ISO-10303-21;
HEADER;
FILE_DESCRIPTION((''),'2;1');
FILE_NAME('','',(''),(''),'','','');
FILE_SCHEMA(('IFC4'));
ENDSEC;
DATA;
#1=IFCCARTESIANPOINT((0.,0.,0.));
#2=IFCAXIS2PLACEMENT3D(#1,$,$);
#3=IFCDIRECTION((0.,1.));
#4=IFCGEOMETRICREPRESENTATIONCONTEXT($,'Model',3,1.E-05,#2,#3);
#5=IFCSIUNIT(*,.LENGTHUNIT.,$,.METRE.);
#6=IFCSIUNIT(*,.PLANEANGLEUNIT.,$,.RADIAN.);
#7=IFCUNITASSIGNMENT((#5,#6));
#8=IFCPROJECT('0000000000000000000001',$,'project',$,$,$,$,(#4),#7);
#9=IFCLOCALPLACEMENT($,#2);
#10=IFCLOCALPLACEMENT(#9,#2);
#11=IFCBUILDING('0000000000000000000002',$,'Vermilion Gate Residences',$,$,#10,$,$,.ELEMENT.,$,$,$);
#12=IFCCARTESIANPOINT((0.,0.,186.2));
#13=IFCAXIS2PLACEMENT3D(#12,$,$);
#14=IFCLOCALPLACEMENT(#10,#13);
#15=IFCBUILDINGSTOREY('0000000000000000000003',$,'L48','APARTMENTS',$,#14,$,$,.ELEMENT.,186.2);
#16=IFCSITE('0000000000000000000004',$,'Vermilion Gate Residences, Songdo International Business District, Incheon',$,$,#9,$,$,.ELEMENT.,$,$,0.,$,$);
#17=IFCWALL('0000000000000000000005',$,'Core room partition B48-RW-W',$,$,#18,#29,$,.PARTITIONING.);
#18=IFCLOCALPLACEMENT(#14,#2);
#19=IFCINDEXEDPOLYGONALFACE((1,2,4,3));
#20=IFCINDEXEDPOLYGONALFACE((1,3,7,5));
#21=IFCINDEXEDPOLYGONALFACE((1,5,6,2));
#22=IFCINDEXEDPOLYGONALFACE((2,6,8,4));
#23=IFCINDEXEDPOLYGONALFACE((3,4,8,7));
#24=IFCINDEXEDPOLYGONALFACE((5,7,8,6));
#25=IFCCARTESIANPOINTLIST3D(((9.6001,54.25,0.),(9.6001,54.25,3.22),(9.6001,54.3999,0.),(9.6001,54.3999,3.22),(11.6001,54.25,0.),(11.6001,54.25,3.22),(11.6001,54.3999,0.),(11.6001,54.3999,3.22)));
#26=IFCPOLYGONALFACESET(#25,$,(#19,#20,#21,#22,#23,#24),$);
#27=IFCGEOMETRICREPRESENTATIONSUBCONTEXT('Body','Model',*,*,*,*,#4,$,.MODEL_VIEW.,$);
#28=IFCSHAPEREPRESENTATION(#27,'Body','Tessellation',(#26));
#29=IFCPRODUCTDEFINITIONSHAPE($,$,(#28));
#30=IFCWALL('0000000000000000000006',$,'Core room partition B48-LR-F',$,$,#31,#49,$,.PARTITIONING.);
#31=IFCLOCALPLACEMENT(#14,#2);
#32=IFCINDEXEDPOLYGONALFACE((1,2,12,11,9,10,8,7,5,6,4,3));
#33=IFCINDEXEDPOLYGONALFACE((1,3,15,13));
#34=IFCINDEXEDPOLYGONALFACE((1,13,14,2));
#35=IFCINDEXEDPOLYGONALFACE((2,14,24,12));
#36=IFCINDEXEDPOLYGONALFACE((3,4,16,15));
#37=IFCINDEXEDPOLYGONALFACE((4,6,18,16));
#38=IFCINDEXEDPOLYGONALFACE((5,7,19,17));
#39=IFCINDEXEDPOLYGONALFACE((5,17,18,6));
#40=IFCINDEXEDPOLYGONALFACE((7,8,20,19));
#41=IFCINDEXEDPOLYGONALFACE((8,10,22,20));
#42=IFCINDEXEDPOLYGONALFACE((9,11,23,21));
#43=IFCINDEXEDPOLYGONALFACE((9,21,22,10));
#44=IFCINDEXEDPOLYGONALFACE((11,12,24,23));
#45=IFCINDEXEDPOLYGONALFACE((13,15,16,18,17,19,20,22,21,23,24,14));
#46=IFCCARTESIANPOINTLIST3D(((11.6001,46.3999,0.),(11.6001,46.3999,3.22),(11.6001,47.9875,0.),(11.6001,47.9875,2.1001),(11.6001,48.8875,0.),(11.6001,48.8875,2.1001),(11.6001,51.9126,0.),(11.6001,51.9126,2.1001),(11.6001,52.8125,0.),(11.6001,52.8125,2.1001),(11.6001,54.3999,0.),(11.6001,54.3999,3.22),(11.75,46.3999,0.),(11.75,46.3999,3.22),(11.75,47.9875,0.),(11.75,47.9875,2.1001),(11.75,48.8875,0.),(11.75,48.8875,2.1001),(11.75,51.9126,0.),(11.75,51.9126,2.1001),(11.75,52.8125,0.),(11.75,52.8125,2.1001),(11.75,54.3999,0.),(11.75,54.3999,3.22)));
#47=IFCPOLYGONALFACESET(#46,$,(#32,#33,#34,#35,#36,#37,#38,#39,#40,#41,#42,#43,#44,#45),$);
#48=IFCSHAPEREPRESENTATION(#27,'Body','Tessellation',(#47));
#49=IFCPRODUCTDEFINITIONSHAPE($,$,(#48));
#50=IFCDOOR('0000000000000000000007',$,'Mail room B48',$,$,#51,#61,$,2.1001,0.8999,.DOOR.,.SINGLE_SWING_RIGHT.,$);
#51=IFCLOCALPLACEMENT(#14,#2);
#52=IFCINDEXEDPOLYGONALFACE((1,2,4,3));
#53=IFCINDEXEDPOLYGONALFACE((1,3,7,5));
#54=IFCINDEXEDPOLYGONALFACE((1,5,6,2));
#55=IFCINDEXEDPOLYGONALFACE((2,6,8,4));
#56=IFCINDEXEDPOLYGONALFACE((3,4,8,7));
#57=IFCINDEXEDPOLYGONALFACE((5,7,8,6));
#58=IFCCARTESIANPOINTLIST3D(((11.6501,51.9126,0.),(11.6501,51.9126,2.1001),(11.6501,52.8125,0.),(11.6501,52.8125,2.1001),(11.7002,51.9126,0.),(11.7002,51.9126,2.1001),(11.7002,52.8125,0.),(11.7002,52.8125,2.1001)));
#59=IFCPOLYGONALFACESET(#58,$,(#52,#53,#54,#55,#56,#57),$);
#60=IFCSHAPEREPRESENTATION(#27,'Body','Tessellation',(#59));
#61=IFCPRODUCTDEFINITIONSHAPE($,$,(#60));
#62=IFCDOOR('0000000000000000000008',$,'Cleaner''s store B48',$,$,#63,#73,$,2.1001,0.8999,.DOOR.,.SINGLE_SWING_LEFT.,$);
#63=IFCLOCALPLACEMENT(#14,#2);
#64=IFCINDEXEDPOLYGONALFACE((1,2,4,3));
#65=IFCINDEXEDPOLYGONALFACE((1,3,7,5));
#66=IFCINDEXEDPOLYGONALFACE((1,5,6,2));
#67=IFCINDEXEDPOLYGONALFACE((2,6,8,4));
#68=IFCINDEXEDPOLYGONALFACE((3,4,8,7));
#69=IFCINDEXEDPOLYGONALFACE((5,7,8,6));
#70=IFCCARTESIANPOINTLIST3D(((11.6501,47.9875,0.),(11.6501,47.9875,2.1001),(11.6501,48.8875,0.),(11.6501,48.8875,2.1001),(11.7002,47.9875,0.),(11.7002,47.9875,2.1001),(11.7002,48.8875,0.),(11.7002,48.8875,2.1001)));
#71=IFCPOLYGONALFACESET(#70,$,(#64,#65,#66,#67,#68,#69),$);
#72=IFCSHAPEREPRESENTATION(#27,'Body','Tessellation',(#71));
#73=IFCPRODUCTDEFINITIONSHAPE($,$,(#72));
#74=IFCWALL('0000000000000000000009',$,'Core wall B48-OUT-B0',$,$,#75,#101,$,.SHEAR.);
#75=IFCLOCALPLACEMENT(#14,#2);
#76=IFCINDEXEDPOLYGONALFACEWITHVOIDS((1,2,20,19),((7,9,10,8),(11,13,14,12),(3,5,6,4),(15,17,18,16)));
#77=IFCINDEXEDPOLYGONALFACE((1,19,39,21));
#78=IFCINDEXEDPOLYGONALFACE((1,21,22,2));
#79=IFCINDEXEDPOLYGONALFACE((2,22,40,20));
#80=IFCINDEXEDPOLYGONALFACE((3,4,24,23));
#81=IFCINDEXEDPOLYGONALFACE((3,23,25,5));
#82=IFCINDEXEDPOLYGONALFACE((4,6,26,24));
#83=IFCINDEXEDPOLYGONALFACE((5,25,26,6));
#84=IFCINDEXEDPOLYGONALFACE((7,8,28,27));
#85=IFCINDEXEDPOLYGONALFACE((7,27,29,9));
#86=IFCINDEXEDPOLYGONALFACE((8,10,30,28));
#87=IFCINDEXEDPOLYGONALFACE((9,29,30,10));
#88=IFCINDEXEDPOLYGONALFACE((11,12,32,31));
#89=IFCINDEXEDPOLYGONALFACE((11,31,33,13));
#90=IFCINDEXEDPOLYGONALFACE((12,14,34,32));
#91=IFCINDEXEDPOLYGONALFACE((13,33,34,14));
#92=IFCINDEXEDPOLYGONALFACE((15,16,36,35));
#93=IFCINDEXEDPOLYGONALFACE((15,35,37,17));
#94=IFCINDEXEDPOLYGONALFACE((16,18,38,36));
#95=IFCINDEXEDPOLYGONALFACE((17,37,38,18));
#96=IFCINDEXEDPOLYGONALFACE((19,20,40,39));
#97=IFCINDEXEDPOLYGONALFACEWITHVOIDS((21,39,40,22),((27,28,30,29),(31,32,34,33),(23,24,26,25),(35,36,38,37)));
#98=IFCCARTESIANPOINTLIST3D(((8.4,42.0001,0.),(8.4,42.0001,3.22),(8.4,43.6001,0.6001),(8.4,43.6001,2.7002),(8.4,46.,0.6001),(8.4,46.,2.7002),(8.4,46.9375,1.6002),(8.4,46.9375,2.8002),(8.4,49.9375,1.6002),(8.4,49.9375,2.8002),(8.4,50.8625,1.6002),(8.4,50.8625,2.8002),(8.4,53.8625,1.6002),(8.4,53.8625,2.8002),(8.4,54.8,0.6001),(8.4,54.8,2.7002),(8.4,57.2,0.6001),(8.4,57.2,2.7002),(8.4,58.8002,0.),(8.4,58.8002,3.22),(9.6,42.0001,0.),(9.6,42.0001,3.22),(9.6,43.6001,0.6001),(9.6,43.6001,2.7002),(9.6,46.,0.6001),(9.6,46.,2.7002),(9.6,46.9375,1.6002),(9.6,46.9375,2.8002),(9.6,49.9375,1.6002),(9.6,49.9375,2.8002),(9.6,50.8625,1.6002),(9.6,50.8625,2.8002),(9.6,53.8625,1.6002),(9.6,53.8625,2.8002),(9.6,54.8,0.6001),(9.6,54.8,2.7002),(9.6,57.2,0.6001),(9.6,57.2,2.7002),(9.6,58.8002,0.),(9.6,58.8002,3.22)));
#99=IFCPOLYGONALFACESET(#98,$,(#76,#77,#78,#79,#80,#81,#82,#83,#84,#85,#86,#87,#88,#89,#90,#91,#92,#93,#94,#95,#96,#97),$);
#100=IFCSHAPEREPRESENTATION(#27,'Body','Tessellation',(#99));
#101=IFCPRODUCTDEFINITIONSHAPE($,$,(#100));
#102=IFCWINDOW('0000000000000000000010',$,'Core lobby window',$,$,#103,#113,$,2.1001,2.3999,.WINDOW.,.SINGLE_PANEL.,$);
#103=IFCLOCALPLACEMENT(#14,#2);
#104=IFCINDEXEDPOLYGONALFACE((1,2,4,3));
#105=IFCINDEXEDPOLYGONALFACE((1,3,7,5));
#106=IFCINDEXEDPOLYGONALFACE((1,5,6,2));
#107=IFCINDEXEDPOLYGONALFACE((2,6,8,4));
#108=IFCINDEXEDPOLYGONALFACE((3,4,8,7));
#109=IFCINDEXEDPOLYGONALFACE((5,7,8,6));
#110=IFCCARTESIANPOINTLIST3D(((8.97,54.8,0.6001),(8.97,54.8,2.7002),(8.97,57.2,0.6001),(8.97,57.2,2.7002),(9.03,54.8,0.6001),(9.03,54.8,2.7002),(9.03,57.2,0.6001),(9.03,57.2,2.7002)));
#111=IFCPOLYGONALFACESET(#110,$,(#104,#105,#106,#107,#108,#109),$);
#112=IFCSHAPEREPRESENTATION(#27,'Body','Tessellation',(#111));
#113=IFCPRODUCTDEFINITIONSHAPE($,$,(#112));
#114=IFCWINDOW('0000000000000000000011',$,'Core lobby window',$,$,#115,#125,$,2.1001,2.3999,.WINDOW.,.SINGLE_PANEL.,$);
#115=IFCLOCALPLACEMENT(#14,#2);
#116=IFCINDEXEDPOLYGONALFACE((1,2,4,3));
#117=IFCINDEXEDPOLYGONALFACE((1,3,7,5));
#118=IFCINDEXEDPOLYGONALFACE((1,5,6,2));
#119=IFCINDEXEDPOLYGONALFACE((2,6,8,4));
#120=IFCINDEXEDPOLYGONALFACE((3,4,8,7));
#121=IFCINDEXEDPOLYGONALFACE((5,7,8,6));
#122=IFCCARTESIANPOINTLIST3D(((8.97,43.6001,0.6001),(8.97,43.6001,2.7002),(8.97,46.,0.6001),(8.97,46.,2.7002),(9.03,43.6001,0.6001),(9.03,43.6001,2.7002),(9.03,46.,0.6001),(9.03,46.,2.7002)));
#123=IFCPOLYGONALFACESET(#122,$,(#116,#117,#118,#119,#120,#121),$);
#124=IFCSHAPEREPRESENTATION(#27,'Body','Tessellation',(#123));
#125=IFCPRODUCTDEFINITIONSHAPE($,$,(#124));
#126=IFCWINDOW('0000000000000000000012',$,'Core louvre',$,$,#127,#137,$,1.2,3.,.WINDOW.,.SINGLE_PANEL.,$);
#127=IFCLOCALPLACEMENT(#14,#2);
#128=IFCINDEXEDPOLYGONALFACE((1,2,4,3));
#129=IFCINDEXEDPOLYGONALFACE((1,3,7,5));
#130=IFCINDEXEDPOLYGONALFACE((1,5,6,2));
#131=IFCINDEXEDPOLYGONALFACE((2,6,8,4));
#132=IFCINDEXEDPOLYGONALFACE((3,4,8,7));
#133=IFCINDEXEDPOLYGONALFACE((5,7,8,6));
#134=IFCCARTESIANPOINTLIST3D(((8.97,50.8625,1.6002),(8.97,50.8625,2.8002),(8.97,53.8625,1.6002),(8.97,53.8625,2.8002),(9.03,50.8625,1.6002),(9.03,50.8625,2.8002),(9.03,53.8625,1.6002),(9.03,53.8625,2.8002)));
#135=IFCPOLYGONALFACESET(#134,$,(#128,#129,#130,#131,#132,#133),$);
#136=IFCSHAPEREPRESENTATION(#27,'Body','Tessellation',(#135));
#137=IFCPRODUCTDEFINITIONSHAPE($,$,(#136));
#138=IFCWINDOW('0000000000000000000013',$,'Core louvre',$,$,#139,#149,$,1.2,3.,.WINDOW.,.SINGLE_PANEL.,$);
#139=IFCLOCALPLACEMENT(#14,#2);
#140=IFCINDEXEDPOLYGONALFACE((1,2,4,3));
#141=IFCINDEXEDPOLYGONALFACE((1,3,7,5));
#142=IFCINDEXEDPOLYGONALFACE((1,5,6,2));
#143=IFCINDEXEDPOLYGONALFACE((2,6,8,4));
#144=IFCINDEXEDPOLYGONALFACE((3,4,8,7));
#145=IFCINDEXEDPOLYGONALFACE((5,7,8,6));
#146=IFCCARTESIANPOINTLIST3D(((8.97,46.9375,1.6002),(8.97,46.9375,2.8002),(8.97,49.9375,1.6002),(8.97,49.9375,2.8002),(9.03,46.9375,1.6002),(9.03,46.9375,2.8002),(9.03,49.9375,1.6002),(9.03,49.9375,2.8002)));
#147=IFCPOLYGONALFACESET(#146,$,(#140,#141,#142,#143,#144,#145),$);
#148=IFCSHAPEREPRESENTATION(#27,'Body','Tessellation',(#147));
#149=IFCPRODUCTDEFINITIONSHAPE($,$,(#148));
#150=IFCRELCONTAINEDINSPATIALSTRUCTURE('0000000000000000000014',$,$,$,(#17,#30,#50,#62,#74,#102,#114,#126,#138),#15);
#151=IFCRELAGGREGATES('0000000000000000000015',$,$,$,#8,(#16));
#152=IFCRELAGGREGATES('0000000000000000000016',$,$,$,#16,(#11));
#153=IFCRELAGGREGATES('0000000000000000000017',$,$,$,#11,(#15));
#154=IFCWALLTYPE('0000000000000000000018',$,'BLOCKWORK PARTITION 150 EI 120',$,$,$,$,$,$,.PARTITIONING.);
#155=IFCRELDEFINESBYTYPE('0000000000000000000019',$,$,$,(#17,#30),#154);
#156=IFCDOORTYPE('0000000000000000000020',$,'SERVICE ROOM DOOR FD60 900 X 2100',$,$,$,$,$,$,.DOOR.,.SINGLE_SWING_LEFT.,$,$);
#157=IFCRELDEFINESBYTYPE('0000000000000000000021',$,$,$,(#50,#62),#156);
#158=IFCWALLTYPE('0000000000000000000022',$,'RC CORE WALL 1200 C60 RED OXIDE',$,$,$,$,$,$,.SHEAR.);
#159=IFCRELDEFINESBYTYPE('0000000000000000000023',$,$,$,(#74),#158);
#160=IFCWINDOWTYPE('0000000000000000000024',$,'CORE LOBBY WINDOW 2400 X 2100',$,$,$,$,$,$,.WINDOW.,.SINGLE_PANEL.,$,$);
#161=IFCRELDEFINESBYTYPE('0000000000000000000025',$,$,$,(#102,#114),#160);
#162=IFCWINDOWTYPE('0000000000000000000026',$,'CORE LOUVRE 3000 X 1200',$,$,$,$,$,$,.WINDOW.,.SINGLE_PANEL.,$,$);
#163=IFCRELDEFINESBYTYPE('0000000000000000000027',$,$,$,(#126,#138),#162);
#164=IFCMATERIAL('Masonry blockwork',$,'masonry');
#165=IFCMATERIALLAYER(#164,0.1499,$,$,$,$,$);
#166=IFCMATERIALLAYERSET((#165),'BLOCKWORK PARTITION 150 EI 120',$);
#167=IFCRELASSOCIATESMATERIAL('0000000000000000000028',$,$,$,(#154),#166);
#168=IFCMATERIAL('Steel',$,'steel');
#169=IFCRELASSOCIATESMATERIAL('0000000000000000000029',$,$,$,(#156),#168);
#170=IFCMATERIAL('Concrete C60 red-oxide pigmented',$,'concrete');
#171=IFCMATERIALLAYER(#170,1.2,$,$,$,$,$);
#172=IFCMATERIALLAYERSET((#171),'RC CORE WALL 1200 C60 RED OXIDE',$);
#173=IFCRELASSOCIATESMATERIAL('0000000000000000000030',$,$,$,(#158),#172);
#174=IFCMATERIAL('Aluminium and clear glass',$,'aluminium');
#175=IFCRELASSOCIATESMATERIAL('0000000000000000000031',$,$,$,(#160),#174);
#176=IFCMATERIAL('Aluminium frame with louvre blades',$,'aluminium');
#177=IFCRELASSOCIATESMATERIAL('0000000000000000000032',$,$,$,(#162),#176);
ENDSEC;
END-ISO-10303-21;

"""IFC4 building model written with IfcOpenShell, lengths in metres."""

from ifc_helpers import new_model, si_unit, direction, frame, frame_2d, origin, place, context, subcontext, project, spatial, rectangle, extrude, material, layer, layer_set, type_object, element, fill, save


model = new_model("IFC4")

# Units and contexts
model_context = context("Model", 3, precision=1e-05, world=origin(), true_north=direction((0.0, 1.0)))
body_context = subcontext(model_context, "Body", "Model", "MODEL_VIEW")
ifc_project = project(units=[si_unit("LENGTHUNIT", "METRE"), si_unit("PLANEANGLEUNIT", "RADIAN")], contexts=[model_context])

# Site, building, storey
site_placement = place(None, origin())
site = spatial("IfcSite", under=ifc_project, at=site_placement, Name="Vermilion Gate Residences, Songdo International Business District, Incheon", CompositionType="ELEMENT", RefElevation=0.0)
building_placement = place(site_placement, origin())
building = spatial("IfcBuilding", under=site, at=building_placement, Name="Vermilion Gate Residences", CompositionType="ELEMENT")
storey_placement = place(building_placement, frame((0.0, 0.0, 186.2)))
storey = spatial("IfcBuildingStorey", under=building, at=storey_placement, Name="L48", Description="APARTMENTS", CompositionType="ELEMENT", Elevation=186.2)

# Wall
ifc_material_1 = material(Name="Masonry blockwork", Category="masonry")
ifc_layer_1 = layer(ifc_material_1, 0.1499)
ifc_layer_set_1 = layer_set([ifc_layer_1], Name="BLOCKWORK PARTITION 150 EI 120")
wall_type_1 = type_object("IfcWallType", Name="BLOCKWORK PARTITION 150 EI 120", PredefinedType="PARTITIONING", material=ifc_layer_set_1)
wall_1_placement = place(storey_placement, frame((9.6001, 54.325, 0.0), z_axis=(0.0, 0.0, 1.0), x_axis=(1.0, 0.0, 0.0)))
element("IfcWall", 1, at=wall_1_placement, inside=storey, type_object=wall_type_1, Name="Core room partition B48-RW-W", PredefinedType="PARTITIONING", context=body_context, shape_type="SweptSolid", body=[
    extrude(rectangle(XDim=2.0, YDim=0.1499, at=frame_2d((1.0, 0.0))), origin(), (0.0, 0.0, 1.0), 3.22),
])

# Wall, openings, doors
wall_2_placement = place(storey_placement, frame((11.675, 54.3999, 0.0), z_axis=(0.0, 0.0, 1.0), x_axis=(0.0, -1.0, 0.0)))
wall_2 = element("IfcWall", 2, at=wall_2_placement, inside=storey, type_object=wall_type_1, Name="Core room partition B48-LR-F", PredefinedType="PARTITIONING", context=body_context, shape_type="SweptSolid", body=[
    extrude(rectangle(XDim=8.0, YDim=0.1499, at=frame_2d((4.0, 0.0))), origin(), (0.0, 0.0, 1.0), 3.22),
])
opening_1_placement = place(wall_2_placement, frame((1.5874, 0.0, 0.0)))
opening_1 = element("IfcOpeningElement", 3, at=opening_1_placement, cuts=wall_2, PredefinedType="OPENING", context=body_context, shape_type="SweptSolid", body=[
    extrude(rectangle(XDim=0.8999, YDim=2.1001, at=frame_2d((0.45, 1.05))), frame((0.0, 0.085, 0.0), z_axis=(0.0, -1.0, 0.0), x_axis=(1.0, 0.0, 0.0)), (0.0, 0.0, 1.0), 0.1699),
])
opening_2_placement = place(wall_2_placement, frame((5.5125, 0.0, 0.0)))
opening_2 = element("IfcOpeningElement", 4, at=opening_2_placement, cuts=wall_2, PredefinedType="OPENING", context=body_context, shape_type="SweptSolid", body=[
    extrude(rectangle(XDim=0.8999, YDim=2.1001, at=frame_2d((0.45, 1.05))), frame((0.0, 0.085, 0.0), z_axis=(0.0, -1.0, 0.0), x_axis=(1.0, 0.0, 0.0)), (0.0, 0.0, 1.0), 0.1699),
])
ifc_material_2 = material(Name="Steel", Category="steel")
door_type = type_object("IfcDoorType", Name="SERVICE ROOM DOOR FD60 900 X 2100", OperationType="SINGLE_SWING_LEFT", PredefinedType="DOOR", material=ifc_material_2)
door_1_placement = place(opening_1_placement, frame((0.8999, 0.0, 0.0), z_axis=(0.0, 0.0, 1.0), x_axis=(-1.0, 0.0, 0.0)))
door_1 = element("IfcDoor", 5, at=door_1_placement, inside=storey, type_object=door_type, Name="Mail room B48", OperationType="SINGLE_SWING_RIGHT", OverallHeight=2.1001, OverallWidth=0.8999, PredefinedType="DOOR", context=body_context, shape_type="SweptSolid", body=[
    extrude(rectangle(XDim=0.8999, YDim=2.1001, at=frame_2d((0.45, 1.05))), frame((0.0, 0.0249, 0.0), z_axis=(0.0, -1.0, 0.0), x_axis=(1.0, 0.0, 0.0)), (0.0, 0.0, 1.0), 0.05),
])
fill(opening_1, door_1)
door_2_placement = place(opening_2_placement, frame((0.8999, 0.0, 0.0), z_axis=(0.0, 0.0, 1.0), x_axis=(-1.0, 0.0, 0.0)))
door_2 = element("IfcDoor", 6, at=door_2_placement, inside=storey, type_object=door_type, Name="Cleaner's store B48", OperationType="SINGLE_SWING_LEFT", OverallHeight=2.1001, OverallWidth=0.8999, PredefinedType="DOOR", context=body_context, shape_type="SweptSolid", body=[
    extrude(rectangle(XDim=0.8999, YDim=2.1001, at=frame_2d((0.45, 1.05))), frame((0.0, 0.0249, 0.0), z_axis=(0.0, -1.0, 0.0), x_axis=(1.0, 0.0, 0.0)), (0.0, 0.0, 1.0), 0.05),
])
fill(opening_2, door_2)

# Wall, openings, windows
ifc_material_3 = material(Name="Concrete C60 red-oxide pigmented", Category="concrete")
ifc_layer_2 = layer(ifc_material_3, 1.2)
ifc_layer_set_2 = layer_set([ifc_layer_2], Name="RC CORE WALL 1200 C60 RED OXIDE")
wall_type_2 = type_object("IfcWallType", Name="RC CORE WALL 1200 C60 RED OXIDE", PredefinedType="SHEAR", material=ifc_layer_set_2)
wall_3_placement = place(storey_placement, frame((9.0, 58.8, 0.0), z_axis=(0.0, 0.0, 1.0), x_axis=(0.0, -1.0, 0.0)))
wall_3 = element("IfcWall", 7, at=wall_3_placement, inside=storey, type_object=wall_type_2, Name="Core wall B48-OUT-B0", PredefinedType="SHEAR", context=body_context, shape_type="SweptSolid", body=[
    extrude(rectangle(XDim=16.8, YDim=1.2, at=frame_2d((8.3999, 0.0))), origin(), (0.0, 0.0, 1.0), 3.22),
])
opening_3_placement = place(wall_3_placement, frame((1.6001, 0.0, 0.6001)))
opening_3 = element("IfcOpeningElement", 8, at=opening_3_placement, cuts=wall_3, PredefinedType="OPENING", context=body_context, shape_type="SweptSolid", body=[
    extrude(rectangle(XDim=2.3999, YDim=2.1001, at=frame_2d((1.2, 1.05))), frame((0.0, 0.6099, 0.0), z_axis=(0.0, -1.0, 0.0), x_axis=(1.0, 0.0, 0.0)), (0.0, 0.0, 1.0), 1.22),
])
opening_4_placement = place(wall_3_placement, frame((4.9375, 0.0, 1.6001)))
opening_4 = element("IfcOpeningElement", 9, at=opening_4_placement, cuts=wall_3, PredefinedType="OPENING", context=body_context, shape_type="SweptSolid", body=[
    extrude(rectangle(XDim=3.0, YDim=1.2, at=frame_2d((1.5, 0.6001))), frame((0.0, 0.6099, 0.0), z_axis=(0.0, -1.0, 0.0), x_axis=(1.0, 0.0, 0.0)), (0.0, 0.0, 1.0), 1.22),
])
opening_5_placement = place(wall_3_placement, frame((8.8625, 0.0, 1.6001)))
opening_5 = element("IfcOpeningElement", 10, at=opening_5_placement, cuts=wall_3, PredefinedType="OPENING", context=body_context, shape_type="SweptSolid", body=[
    extrude(rectangle(XDim=3.0, YDim=1.2, at=frame_2d((1.5, 0.6001))), frame((0.0, 0.6099, 0.0), z_axis=(0.0, -1.0, 0.0), x_axis=(1.0, 0.0, 0.0)), (0.0, 0.0, 1.0), 1.22),
])
opening_6_placement = place(wall_3_placement, frame((12.8, 0.0, 0.6001)))
opening_6 = element("IfcOpeningElement", 11, at=opening_6_placement, cuts=wall_3, PredefinedType="OPENING", context=body_context, shape_type="SweptSolid", body=[
    extrude(rectangle(XDim=2.3999, YDim=2.1001, at=frame_2d((1.2, 1.05))), frame((0.0, 0.6099, 0.0), z_axis=(0.0, -1.0, 0.0), x_axis=(1.0, 0.0, 0.0)), (0.0, 0.0, 1.0), 1.22),
])
ifc_material_4 = material(Name="Aluminium and clear glass", Category="aluminium")
window_type_1 = type_object("IfcWindowType", Name="CORE LOBBY WINDOW 2400 X 2100", PartitioningType="SINGLE_PANEL", PredefinedType="WINDOW", material=ifc_material_4)
window_1_placement = place(opening_3_placement, origin())
window_1 = element("IfcWindow", 12, at=window_1_placement, inside=storey, type_object=window_type_1, Name="Core lobby window", OverallHeight=2.1001, OverallWidth=2.3999, PartitioningType="SINGLE_PANEL", PredefinedType="WINDOW", context=body_context, shape_type="SweptSolid", body=[
    extrude(rectangle(XDim=2.3999, YDim=2.1001, at=frame_2d((1.2, 1.05))), frame((0.0, 0.03, 0.0), z_axis=(0.0, -1.0, 0.0), x_axis=(1.0, 0.0, 0.0)), (0.0, 0.0, 1.0), 0.0601),
])
fill(opening_3, window_1)
window_2_placement = place(opening_6_placement, origin())
window_2 = element("IfcWindow", 13, at=window_2_placement, inside=storey, type_object=window_type_1, Name="Core lobby window", OverallHeight=2.1001, OverallWidth=2.3999, PartitioningType="SINGLE_PANEL", PredefinedType="WINDOW", context=body_context, shape_type="SweptSolid", body=[
    extrude(rectangle(XDim=2.3999, YDim=2.1001, at=frame_2d((1.2, 1.05))), frame((0.0, 0.03, 0.0), z_axis=(0.0, -1.0, 0.0), x_axis=(1.0, 0.0, 0.0)), (0.0, 0.0, 1.0), 0.0601),
])
fill(opening_6, window_2)
ifc_material_5 = material(Name="Aluminium frame with louvre blades", Category="aluminium")
window_type_2 = type_object("IfcWindowType", Name="CORE LOUVRE 3000 X 1200", PartitioningType="SINGLE_PANEL", PredefinedType="WINDOW", material=ifc_material_5)
window_3_placement = place(opening_4_placement, origin())
window_3 = element("IfcWindow", 14, at=window_3_placement, inside=storey, type_object=window_type_2, Name="Core louvre", OverallHeight=1.2, OverallWidth=3.0, PartitioningType="SINGLE_PANEL", PredefinedType="WINDOW", context=body_context, shape_type="SweptSolid", body=[
    extrude(rectangle(XDim=3.0, YDim=1.2, at=frame_2d((1.5, 0.6001))), frame((0.0, 0.03, 0.0), z_axis=(0.0, -1.0, 0.0), x_axis=(1.0, 0.0, 0.0)), (0.0, 0.0, 1.0), 0.0601),
])
fill(opening_4, window_3)
window_4_placement = place(opening_5_placement, origin())
window_4 = element("IfcWindow", 15, at=window_4_placement, inside=storey, type_object=window_type_2, Name="Core louvre", OverallHeight=1.2, OverallWidth=3.0, PartitioningType="SINGLE_PANEL", PredefinedType="WINDOW", context=body_context, shape_type="SweptSolid", body=[
    extrude(rectangle(XDim=3.0, YDim=1.2, at=frame_2d((1.5, 0.6001))), frame((0.0, 0.03, 0.0), z_axis=(0.0, -1.0, 0.0), x_axis=(1.0, 0.0, 0.0)), (0.0, 0.0, 1.0), 0.0601),
])
fill(opening_5, window_4)

save(model, "model.ifc")
